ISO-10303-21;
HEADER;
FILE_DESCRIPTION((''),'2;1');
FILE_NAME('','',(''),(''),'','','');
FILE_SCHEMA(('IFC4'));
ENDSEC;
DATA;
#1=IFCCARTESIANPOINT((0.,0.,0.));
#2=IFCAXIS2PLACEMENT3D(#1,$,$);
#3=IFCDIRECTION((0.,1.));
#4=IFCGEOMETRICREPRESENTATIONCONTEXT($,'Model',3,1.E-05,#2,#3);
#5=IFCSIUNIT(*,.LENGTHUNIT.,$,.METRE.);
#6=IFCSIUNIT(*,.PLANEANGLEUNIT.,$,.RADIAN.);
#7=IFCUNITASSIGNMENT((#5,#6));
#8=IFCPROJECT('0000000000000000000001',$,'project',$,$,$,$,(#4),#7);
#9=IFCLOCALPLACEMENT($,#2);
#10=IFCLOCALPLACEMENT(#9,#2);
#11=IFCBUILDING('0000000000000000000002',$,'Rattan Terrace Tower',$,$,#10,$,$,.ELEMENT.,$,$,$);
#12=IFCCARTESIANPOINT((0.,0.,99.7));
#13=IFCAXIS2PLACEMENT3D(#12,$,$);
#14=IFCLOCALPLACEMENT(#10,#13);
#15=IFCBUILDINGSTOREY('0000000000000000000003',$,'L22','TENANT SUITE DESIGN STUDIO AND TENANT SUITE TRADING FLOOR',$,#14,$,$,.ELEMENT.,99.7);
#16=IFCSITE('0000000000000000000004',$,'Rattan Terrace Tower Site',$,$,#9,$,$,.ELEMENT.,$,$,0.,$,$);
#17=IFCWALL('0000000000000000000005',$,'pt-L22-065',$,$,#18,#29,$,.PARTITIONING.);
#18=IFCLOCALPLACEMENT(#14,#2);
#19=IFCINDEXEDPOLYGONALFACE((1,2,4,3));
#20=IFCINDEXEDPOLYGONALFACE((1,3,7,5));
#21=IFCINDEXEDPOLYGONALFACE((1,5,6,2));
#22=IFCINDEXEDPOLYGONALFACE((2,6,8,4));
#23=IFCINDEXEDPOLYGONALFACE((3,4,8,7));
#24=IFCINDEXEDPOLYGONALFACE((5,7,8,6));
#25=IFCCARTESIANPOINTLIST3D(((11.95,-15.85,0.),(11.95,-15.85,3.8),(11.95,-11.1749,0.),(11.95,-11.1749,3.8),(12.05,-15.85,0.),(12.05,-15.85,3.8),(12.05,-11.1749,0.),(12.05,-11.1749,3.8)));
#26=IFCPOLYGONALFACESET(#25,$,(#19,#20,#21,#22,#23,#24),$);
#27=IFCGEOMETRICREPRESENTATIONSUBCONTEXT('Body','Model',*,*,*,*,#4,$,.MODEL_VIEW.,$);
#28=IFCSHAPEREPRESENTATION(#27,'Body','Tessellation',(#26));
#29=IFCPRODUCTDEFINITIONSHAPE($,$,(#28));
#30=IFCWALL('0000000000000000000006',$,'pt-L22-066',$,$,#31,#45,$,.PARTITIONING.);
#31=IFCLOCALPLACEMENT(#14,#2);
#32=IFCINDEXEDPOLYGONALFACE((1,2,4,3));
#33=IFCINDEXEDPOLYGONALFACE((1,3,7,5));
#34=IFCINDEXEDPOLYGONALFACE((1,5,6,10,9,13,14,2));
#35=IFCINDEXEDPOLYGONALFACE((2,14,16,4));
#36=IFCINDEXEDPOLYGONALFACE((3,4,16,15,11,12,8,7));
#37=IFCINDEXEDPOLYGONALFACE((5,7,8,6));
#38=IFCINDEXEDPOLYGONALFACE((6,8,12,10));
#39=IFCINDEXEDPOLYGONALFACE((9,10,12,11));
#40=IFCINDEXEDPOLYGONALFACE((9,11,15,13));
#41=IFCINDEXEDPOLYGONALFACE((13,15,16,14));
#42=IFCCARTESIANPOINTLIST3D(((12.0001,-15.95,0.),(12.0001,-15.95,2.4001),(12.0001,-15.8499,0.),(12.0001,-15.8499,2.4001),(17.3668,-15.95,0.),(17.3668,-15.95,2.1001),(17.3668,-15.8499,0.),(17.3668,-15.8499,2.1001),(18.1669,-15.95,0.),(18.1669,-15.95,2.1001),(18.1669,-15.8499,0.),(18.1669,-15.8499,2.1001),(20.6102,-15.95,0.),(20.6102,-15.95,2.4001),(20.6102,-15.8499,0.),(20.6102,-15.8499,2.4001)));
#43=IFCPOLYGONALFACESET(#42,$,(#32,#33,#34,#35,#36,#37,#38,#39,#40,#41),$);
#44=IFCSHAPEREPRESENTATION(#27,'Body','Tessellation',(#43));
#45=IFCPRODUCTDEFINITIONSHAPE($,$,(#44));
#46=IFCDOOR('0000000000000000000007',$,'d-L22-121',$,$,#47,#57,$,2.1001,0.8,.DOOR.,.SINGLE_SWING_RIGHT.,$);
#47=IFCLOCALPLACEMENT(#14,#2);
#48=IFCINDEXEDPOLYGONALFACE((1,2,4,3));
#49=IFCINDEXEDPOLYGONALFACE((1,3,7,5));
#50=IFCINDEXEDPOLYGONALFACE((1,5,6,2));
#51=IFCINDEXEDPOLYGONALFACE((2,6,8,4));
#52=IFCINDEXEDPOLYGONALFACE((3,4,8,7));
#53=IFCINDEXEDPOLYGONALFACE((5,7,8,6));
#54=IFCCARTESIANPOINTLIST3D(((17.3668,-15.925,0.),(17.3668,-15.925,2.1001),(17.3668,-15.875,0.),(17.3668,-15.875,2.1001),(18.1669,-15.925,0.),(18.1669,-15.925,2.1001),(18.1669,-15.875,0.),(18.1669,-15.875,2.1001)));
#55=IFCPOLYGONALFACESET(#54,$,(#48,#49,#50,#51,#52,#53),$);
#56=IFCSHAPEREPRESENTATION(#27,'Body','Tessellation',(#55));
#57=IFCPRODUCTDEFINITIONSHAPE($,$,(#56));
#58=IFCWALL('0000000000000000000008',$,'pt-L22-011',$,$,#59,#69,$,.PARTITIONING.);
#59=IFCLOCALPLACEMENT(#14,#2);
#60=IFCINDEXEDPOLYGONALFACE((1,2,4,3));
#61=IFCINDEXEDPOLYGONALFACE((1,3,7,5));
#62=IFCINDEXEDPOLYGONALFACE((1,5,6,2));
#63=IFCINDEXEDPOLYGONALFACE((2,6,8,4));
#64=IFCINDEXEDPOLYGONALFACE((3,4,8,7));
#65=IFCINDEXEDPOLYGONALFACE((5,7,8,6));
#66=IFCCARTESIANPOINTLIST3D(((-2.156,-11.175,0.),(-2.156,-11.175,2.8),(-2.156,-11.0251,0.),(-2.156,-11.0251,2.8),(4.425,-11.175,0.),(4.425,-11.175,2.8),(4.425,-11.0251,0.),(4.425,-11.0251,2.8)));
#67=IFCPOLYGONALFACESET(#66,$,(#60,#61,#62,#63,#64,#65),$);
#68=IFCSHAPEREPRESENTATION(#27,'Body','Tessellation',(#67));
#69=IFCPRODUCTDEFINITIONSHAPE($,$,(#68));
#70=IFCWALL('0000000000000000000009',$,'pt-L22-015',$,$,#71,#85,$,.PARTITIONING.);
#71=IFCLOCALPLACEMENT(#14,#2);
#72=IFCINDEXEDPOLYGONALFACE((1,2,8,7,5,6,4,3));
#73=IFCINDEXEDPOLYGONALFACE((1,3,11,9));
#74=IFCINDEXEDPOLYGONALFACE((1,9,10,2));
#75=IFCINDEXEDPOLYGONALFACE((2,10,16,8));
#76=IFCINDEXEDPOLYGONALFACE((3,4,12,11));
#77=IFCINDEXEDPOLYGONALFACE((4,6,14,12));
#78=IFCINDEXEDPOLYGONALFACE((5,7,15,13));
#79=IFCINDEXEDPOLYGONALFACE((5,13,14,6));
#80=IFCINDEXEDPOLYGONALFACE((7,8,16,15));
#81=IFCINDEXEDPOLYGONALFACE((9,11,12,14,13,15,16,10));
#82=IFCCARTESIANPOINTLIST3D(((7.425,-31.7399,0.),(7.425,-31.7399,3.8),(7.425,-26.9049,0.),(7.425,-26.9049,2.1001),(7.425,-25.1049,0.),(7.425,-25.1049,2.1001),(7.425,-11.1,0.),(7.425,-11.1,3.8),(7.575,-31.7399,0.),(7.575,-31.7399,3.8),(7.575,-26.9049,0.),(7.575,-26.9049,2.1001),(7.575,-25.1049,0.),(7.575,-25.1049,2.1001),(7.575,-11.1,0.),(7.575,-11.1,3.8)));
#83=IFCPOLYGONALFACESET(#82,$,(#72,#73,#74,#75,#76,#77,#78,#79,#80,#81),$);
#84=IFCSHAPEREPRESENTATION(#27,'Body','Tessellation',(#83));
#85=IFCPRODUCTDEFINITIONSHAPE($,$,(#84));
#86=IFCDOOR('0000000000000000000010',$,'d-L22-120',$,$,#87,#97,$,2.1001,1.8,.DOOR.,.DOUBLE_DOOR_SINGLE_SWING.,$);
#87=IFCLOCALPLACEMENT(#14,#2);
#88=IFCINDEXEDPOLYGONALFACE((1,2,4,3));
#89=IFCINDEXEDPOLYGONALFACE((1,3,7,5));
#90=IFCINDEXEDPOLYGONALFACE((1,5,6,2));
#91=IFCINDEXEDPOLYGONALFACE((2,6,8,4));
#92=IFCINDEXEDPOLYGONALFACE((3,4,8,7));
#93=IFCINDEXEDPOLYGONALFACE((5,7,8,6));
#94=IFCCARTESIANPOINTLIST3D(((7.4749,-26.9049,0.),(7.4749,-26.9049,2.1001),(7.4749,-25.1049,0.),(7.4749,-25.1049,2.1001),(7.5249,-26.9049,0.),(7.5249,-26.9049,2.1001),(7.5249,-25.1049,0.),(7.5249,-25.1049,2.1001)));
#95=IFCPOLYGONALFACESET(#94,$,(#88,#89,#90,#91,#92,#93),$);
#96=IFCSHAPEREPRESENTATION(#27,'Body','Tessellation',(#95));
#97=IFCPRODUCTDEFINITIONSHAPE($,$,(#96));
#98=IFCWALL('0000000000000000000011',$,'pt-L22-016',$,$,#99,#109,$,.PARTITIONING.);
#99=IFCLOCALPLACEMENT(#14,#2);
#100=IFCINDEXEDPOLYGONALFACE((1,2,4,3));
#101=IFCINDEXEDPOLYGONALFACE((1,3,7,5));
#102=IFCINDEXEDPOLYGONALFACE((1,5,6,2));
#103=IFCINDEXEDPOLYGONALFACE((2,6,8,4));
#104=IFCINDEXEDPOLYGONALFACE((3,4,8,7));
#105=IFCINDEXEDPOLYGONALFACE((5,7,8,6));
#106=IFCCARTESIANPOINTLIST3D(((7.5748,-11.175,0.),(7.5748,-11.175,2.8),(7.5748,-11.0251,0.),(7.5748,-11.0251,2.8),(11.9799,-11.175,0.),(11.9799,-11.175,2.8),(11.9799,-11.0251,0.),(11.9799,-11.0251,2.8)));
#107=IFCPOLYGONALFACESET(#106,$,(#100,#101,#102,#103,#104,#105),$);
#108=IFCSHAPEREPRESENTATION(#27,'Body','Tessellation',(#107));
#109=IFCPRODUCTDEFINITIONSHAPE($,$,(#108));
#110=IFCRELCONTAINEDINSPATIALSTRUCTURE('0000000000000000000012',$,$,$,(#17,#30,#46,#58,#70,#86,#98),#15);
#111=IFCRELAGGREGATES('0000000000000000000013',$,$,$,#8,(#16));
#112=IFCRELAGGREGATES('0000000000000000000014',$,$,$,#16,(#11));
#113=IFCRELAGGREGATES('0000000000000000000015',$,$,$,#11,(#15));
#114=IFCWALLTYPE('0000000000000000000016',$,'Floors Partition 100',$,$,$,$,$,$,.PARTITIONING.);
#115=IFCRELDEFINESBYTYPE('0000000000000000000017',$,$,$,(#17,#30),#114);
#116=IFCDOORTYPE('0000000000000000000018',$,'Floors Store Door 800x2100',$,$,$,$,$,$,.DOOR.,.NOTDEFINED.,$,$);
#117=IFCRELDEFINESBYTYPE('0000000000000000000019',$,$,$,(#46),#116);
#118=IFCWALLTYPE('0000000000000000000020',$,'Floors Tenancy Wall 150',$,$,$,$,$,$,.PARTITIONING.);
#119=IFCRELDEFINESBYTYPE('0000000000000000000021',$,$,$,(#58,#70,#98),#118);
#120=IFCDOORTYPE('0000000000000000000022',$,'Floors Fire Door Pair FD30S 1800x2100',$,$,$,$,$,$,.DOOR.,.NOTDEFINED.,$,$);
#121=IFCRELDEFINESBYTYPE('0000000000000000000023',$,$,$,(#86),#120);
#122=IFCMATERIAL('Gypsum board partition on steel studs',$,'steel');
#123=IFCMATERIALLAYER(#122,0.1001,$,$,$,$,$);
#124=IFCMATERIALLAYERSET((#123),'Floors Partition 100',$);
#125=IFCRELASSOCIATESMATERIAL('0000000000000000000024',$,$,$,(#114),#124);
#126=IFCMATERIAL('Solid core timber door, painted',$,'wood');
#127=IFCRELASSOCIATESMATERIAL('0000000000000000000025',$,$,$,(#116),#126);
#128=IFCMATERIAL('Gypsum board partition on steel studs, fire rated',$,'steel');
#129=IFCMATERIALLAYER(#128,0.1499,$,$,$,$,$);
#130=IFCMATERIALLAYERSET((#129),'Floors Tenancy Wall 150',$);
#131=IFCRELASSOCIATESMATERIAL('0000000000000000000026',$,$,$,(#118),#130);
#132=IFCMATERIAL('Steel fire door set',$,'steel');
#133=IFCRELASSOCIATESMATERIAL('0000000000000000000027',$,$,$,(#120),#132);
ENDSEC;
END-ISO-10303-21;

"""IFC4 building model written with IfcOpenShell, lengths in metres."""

from ifc_helpers import new_model, si_unit, direction, frame, frame_2d, origin, place, context, subcontext, project, spatial, rectangle, extrude, material, layer, layer_set, type_object, element, fill, save


model = new_model("IFC4")

# Units and contexts
model_context = context("Model", 3, precision=1e-05, world=origin(), true_north=direction((0.0, 1.0)))
body_context = subcontext(model_context, "Body", "Model", "MODEL_VIEW")
ifc_project = project(units=[si_unit("LENGTHUNIT", "METRE"), si_unit("PLANEANGLEUNIT", "RADIAN")], contexts=[model_context])

# Site, building, storey
site_placement = place(None, origin())
site = spatial("IfcSite", under=ifc_project, at=site_placement, Name="Rattan Terrace Tower Site", CompositionType="ELEMENT", RefElevation=0.0)
building_placement = place(site_placement, origin())
building = spatial("IfcBuilding", under=site, at=building_placement, Name="Rattan Terrace Tower", CompositionType="ELEMENT")
storey_placement = place(building_placement, frame((0.0, 0.0, 99.7)))
storey = spatial("IfcBuildingStorey", under=building, at=storey_placement, Name="L22", Description="TENANT SUITE DESIGN STUDIO AND TENANT SUITE TRADING FLOOR", CompositionType="ELEMENT", Elevation=99.7)

# Wall
ifc_material_1 = material(Name="Gypsum board partition on steel studs", Category="steel")
ifc_layer_1 = layer(ifc_material_1, 0.1001)
ifc_layer_set_1 = layer_set([ifc_layer_1], Name="Floors Partition 100")
wall_type_1 = type_object("IfcWallType", Name="Floors Partition 100", PredefinedType="PARTITIONING", material=ifc_layer_set_1)
wall_1_placement = place(storey_placement, frame((12.0, -11.175, 0.0), z_axis=(0.0, 0.0, 1.0), x_axis=(0.0, -1.0, 0.0)))
element("IfcWall", 1, at=wall_1_placement, inside=storey, type_object=wall_type_1, Name="pt-L22-065", PredefinedType="PARTITIONING", context=body_context, shape_type="SweptSolid", body=[
    extrude(rectangle(XDim=4.675, YDim=0.1001, at=frame_2d((2.3374, 0.0))), origin(), (0.0, 0.0, 1.0), 3.8),
])

# Wall, opening, door
wall_2_placement = place(storey_placement, frame((12.0, -15.8999, 0.0), z_axis=(0.0, 0.0, 1.0), x_axis=(1.0, 0.0, 0.0)))
wall_2 = element("IfcWall", 2, at=wall_2_placement, inside=storey, type_object=wall_type_1, Name="pt-L22-066", PredefinedType="PARTITIONING", context=body_context, shape_type="SweptSolid", body=[
    extrude(rectangle(XDim=8.6101, YDim=0.1001, at=frame_2d((4.3052, 0.0))), origin(), (0.0, 0.0, 1.0), 2.4001),
])
opening_1_placement = place(wall_2_placement, frame((5.3669, 0.0, 0.0)))
opening_1 = element("IfcOpeningElement", 3, at=opening_1_placement, cuts=wall_2, PredefinedType="OPENING", context=body_context, shape_type="SweptSolid", body=[
    extrude(rectangle(XDim=0.8, YDim=2.1001, at=frame_2d((0.3999, 1.05))), frame((0.0, 0.0605, 0.0), z_axis=(0.0, -1.0, 0.0), x_axis=(1.0, 0.0, 0.0)), (0.0, 0.0, 1.0), 0.1211),
])
ifc_material_2 = material(Name="Solid core timber door, painted", Category="wood")
door_type_1 = type_object("IfcDoorType", Name="Floors Store Door 800x2100", OperationType="NOTDEFINED", PredefinedType="DOOR", material=ifc_material_2)
door_1_placement = place(opening_1_placement, origin())
door_1 = element("IfcDoor", 4, at=door_1_placement, inside=storey, type_object=door_type_1, Name="d-L22-121", OperationType="SINGLE_SWING_RIGHT", OverallHeight=2.1001, OverallWidth=0.8, PredefinedType="DOOR", context=body_context, shape_type="SweptSolid", body=[
    extrude(rectangle(XDim=0.8, YDim=2.1001, at=frame_2d((0.3999, 1.05))), frame((0.0, 0.0249, 0.0), z_axis=(0.0, -1.0, 0.0), x_axis=(1.0, 0.0, 0.0)), (0.0, 0.0, 1.0), 0.05),
])
fill(opening_1, door_1)

# Wall
ifc_material_3 = material(Name="Gypsum board partition on steel studs, fire rated", Category="steel")
ifc_layer_2 = layer(ifc_material_3, 0.1499)
ifc_layer_set_2 = layer_set([ifc_layer_2], Name="Floors Tenancy Wall 150")
wall_type_2 = type_object("IfcWallType", Name="Floors Tenancy Wall 150", PredefinedType="PARTITIONING", material=ifc_layer_set_2)
wall_3_placement = place(storey_placement, frame((4.425, -11.1001, 0.0), z_axis=(0.0, 0.0, 1.0), x_axis=(-1.0, 0.0, 0.0)))
element("IfcWall", 5, at=wall_3_placement, inside=storey, type_object=wall_type_2, Name="pt-L22-011", PredefinedType="PARTITIONING", context=body_context, shape_type="SweptSolid", body=[
    extrude(rectangle(XDim=6.5811, YDim=0.1499, at=frame_2d((3.2905, 0.0))), origin(), (0.0, 0.0, 1.0), 2.8),
])

# Wall, opening, door
wall_4_placement = place(storey_placement, frame((7.5, -11.1001, 0.0), z_axis=(0.0, 0.0, 1.0), x_axis=(0.0, -1.0, 0.0)))
wall_4 = element("IfcWall", 6, at=wall_4_placement, inside=storey, type_object=wall_type_2, Name="pt-L22-015", PredefinedType="PARTITIONING", context=body_context, shape_type="SweptSolid", body=[
    extrude(rectangle(XDim=20.6399, YDim=0.1499, at=frame_2d((10.3198, 0.0))), origin(), (0.0, 0.0, 1.0), 3.8),
])
opening_2_placement = place(wall_4_placement, frame((14.0049, 0.0, 0.0)))
opening_2 = element("IfcOpeningElement", 7, at=opening_2_placement, cuts=wall_4, PredefinedType="OPENING", context=body_context, shape_type="SweptSolid", body=[
    extrude(rectangle(XDim=1.8, YDim=2.1001, at=frame_2d((0.8999, 1.05))), frame((0.0, 0.0854, 0.0), z_axis=(0.0, -1.0, 0.0), x_axis=(1.0, 0.0, 0.0)), (0.0, 0.0, 1.0), 0.1709),
])
ifc_material_4 = material(Name="Steel fire door set", Category="steel")
door_type_2 = type_object("IfcDoorType", Name="Floors Fire Door Pair FD30S 1800x2100", OperationType="NOTDEFINED", PredefinedType="DOOR", material=ifc_material_4)
door_2_placement = place(opening_2_placement, origin())
door_2 = element("IfcDoor", 8, at=door_2_placement, inside=storey, type_object=door_type_2, Name="d-L22-120", OperationType="DOUBLE_DOOR_SINGLE_SWING", OverallHeight=2.1001, OverallWidth=1.8, PredefinedType="DOOR", context=body_context, shape_type="SweptSolid", body=[
    extrude(rectangle(XDim=1.8, YDim=2.1001, at=frame_2d((0.8999, 1.05))), frame((0.0, 0.0249, 0.0), z_axis=(0.0, -1.0, 0.0), x_axis=(1.0, 0.0, 0.0)), (0.0, 0.0, 1.0), 0.05),
])
fill(opening_2, door_2)

# Wall
wall_5_placement = place(storey_placement, frame((11.98, -11.1001, 0.0), z_axis=(0.0, 0.0, 1.0), x_axis=(-1.0, 0.0, 0.0)))
element("IfcWall", 9, at=wall_5_placement, inside=storey, type_object=wall_type_2, Name="pt-L22-016", PredefinedType="PARTITIONING", context=body_context, shape_type="SweptSolid", body=[
    extrude(rectangle(XDim=4.405, YDim=0.1499, at=frame_2d((2.2026, 0.0))), origin(), (0.0, 0.0, 1.0), 2.8),
])

save(model, "model.ifc")
